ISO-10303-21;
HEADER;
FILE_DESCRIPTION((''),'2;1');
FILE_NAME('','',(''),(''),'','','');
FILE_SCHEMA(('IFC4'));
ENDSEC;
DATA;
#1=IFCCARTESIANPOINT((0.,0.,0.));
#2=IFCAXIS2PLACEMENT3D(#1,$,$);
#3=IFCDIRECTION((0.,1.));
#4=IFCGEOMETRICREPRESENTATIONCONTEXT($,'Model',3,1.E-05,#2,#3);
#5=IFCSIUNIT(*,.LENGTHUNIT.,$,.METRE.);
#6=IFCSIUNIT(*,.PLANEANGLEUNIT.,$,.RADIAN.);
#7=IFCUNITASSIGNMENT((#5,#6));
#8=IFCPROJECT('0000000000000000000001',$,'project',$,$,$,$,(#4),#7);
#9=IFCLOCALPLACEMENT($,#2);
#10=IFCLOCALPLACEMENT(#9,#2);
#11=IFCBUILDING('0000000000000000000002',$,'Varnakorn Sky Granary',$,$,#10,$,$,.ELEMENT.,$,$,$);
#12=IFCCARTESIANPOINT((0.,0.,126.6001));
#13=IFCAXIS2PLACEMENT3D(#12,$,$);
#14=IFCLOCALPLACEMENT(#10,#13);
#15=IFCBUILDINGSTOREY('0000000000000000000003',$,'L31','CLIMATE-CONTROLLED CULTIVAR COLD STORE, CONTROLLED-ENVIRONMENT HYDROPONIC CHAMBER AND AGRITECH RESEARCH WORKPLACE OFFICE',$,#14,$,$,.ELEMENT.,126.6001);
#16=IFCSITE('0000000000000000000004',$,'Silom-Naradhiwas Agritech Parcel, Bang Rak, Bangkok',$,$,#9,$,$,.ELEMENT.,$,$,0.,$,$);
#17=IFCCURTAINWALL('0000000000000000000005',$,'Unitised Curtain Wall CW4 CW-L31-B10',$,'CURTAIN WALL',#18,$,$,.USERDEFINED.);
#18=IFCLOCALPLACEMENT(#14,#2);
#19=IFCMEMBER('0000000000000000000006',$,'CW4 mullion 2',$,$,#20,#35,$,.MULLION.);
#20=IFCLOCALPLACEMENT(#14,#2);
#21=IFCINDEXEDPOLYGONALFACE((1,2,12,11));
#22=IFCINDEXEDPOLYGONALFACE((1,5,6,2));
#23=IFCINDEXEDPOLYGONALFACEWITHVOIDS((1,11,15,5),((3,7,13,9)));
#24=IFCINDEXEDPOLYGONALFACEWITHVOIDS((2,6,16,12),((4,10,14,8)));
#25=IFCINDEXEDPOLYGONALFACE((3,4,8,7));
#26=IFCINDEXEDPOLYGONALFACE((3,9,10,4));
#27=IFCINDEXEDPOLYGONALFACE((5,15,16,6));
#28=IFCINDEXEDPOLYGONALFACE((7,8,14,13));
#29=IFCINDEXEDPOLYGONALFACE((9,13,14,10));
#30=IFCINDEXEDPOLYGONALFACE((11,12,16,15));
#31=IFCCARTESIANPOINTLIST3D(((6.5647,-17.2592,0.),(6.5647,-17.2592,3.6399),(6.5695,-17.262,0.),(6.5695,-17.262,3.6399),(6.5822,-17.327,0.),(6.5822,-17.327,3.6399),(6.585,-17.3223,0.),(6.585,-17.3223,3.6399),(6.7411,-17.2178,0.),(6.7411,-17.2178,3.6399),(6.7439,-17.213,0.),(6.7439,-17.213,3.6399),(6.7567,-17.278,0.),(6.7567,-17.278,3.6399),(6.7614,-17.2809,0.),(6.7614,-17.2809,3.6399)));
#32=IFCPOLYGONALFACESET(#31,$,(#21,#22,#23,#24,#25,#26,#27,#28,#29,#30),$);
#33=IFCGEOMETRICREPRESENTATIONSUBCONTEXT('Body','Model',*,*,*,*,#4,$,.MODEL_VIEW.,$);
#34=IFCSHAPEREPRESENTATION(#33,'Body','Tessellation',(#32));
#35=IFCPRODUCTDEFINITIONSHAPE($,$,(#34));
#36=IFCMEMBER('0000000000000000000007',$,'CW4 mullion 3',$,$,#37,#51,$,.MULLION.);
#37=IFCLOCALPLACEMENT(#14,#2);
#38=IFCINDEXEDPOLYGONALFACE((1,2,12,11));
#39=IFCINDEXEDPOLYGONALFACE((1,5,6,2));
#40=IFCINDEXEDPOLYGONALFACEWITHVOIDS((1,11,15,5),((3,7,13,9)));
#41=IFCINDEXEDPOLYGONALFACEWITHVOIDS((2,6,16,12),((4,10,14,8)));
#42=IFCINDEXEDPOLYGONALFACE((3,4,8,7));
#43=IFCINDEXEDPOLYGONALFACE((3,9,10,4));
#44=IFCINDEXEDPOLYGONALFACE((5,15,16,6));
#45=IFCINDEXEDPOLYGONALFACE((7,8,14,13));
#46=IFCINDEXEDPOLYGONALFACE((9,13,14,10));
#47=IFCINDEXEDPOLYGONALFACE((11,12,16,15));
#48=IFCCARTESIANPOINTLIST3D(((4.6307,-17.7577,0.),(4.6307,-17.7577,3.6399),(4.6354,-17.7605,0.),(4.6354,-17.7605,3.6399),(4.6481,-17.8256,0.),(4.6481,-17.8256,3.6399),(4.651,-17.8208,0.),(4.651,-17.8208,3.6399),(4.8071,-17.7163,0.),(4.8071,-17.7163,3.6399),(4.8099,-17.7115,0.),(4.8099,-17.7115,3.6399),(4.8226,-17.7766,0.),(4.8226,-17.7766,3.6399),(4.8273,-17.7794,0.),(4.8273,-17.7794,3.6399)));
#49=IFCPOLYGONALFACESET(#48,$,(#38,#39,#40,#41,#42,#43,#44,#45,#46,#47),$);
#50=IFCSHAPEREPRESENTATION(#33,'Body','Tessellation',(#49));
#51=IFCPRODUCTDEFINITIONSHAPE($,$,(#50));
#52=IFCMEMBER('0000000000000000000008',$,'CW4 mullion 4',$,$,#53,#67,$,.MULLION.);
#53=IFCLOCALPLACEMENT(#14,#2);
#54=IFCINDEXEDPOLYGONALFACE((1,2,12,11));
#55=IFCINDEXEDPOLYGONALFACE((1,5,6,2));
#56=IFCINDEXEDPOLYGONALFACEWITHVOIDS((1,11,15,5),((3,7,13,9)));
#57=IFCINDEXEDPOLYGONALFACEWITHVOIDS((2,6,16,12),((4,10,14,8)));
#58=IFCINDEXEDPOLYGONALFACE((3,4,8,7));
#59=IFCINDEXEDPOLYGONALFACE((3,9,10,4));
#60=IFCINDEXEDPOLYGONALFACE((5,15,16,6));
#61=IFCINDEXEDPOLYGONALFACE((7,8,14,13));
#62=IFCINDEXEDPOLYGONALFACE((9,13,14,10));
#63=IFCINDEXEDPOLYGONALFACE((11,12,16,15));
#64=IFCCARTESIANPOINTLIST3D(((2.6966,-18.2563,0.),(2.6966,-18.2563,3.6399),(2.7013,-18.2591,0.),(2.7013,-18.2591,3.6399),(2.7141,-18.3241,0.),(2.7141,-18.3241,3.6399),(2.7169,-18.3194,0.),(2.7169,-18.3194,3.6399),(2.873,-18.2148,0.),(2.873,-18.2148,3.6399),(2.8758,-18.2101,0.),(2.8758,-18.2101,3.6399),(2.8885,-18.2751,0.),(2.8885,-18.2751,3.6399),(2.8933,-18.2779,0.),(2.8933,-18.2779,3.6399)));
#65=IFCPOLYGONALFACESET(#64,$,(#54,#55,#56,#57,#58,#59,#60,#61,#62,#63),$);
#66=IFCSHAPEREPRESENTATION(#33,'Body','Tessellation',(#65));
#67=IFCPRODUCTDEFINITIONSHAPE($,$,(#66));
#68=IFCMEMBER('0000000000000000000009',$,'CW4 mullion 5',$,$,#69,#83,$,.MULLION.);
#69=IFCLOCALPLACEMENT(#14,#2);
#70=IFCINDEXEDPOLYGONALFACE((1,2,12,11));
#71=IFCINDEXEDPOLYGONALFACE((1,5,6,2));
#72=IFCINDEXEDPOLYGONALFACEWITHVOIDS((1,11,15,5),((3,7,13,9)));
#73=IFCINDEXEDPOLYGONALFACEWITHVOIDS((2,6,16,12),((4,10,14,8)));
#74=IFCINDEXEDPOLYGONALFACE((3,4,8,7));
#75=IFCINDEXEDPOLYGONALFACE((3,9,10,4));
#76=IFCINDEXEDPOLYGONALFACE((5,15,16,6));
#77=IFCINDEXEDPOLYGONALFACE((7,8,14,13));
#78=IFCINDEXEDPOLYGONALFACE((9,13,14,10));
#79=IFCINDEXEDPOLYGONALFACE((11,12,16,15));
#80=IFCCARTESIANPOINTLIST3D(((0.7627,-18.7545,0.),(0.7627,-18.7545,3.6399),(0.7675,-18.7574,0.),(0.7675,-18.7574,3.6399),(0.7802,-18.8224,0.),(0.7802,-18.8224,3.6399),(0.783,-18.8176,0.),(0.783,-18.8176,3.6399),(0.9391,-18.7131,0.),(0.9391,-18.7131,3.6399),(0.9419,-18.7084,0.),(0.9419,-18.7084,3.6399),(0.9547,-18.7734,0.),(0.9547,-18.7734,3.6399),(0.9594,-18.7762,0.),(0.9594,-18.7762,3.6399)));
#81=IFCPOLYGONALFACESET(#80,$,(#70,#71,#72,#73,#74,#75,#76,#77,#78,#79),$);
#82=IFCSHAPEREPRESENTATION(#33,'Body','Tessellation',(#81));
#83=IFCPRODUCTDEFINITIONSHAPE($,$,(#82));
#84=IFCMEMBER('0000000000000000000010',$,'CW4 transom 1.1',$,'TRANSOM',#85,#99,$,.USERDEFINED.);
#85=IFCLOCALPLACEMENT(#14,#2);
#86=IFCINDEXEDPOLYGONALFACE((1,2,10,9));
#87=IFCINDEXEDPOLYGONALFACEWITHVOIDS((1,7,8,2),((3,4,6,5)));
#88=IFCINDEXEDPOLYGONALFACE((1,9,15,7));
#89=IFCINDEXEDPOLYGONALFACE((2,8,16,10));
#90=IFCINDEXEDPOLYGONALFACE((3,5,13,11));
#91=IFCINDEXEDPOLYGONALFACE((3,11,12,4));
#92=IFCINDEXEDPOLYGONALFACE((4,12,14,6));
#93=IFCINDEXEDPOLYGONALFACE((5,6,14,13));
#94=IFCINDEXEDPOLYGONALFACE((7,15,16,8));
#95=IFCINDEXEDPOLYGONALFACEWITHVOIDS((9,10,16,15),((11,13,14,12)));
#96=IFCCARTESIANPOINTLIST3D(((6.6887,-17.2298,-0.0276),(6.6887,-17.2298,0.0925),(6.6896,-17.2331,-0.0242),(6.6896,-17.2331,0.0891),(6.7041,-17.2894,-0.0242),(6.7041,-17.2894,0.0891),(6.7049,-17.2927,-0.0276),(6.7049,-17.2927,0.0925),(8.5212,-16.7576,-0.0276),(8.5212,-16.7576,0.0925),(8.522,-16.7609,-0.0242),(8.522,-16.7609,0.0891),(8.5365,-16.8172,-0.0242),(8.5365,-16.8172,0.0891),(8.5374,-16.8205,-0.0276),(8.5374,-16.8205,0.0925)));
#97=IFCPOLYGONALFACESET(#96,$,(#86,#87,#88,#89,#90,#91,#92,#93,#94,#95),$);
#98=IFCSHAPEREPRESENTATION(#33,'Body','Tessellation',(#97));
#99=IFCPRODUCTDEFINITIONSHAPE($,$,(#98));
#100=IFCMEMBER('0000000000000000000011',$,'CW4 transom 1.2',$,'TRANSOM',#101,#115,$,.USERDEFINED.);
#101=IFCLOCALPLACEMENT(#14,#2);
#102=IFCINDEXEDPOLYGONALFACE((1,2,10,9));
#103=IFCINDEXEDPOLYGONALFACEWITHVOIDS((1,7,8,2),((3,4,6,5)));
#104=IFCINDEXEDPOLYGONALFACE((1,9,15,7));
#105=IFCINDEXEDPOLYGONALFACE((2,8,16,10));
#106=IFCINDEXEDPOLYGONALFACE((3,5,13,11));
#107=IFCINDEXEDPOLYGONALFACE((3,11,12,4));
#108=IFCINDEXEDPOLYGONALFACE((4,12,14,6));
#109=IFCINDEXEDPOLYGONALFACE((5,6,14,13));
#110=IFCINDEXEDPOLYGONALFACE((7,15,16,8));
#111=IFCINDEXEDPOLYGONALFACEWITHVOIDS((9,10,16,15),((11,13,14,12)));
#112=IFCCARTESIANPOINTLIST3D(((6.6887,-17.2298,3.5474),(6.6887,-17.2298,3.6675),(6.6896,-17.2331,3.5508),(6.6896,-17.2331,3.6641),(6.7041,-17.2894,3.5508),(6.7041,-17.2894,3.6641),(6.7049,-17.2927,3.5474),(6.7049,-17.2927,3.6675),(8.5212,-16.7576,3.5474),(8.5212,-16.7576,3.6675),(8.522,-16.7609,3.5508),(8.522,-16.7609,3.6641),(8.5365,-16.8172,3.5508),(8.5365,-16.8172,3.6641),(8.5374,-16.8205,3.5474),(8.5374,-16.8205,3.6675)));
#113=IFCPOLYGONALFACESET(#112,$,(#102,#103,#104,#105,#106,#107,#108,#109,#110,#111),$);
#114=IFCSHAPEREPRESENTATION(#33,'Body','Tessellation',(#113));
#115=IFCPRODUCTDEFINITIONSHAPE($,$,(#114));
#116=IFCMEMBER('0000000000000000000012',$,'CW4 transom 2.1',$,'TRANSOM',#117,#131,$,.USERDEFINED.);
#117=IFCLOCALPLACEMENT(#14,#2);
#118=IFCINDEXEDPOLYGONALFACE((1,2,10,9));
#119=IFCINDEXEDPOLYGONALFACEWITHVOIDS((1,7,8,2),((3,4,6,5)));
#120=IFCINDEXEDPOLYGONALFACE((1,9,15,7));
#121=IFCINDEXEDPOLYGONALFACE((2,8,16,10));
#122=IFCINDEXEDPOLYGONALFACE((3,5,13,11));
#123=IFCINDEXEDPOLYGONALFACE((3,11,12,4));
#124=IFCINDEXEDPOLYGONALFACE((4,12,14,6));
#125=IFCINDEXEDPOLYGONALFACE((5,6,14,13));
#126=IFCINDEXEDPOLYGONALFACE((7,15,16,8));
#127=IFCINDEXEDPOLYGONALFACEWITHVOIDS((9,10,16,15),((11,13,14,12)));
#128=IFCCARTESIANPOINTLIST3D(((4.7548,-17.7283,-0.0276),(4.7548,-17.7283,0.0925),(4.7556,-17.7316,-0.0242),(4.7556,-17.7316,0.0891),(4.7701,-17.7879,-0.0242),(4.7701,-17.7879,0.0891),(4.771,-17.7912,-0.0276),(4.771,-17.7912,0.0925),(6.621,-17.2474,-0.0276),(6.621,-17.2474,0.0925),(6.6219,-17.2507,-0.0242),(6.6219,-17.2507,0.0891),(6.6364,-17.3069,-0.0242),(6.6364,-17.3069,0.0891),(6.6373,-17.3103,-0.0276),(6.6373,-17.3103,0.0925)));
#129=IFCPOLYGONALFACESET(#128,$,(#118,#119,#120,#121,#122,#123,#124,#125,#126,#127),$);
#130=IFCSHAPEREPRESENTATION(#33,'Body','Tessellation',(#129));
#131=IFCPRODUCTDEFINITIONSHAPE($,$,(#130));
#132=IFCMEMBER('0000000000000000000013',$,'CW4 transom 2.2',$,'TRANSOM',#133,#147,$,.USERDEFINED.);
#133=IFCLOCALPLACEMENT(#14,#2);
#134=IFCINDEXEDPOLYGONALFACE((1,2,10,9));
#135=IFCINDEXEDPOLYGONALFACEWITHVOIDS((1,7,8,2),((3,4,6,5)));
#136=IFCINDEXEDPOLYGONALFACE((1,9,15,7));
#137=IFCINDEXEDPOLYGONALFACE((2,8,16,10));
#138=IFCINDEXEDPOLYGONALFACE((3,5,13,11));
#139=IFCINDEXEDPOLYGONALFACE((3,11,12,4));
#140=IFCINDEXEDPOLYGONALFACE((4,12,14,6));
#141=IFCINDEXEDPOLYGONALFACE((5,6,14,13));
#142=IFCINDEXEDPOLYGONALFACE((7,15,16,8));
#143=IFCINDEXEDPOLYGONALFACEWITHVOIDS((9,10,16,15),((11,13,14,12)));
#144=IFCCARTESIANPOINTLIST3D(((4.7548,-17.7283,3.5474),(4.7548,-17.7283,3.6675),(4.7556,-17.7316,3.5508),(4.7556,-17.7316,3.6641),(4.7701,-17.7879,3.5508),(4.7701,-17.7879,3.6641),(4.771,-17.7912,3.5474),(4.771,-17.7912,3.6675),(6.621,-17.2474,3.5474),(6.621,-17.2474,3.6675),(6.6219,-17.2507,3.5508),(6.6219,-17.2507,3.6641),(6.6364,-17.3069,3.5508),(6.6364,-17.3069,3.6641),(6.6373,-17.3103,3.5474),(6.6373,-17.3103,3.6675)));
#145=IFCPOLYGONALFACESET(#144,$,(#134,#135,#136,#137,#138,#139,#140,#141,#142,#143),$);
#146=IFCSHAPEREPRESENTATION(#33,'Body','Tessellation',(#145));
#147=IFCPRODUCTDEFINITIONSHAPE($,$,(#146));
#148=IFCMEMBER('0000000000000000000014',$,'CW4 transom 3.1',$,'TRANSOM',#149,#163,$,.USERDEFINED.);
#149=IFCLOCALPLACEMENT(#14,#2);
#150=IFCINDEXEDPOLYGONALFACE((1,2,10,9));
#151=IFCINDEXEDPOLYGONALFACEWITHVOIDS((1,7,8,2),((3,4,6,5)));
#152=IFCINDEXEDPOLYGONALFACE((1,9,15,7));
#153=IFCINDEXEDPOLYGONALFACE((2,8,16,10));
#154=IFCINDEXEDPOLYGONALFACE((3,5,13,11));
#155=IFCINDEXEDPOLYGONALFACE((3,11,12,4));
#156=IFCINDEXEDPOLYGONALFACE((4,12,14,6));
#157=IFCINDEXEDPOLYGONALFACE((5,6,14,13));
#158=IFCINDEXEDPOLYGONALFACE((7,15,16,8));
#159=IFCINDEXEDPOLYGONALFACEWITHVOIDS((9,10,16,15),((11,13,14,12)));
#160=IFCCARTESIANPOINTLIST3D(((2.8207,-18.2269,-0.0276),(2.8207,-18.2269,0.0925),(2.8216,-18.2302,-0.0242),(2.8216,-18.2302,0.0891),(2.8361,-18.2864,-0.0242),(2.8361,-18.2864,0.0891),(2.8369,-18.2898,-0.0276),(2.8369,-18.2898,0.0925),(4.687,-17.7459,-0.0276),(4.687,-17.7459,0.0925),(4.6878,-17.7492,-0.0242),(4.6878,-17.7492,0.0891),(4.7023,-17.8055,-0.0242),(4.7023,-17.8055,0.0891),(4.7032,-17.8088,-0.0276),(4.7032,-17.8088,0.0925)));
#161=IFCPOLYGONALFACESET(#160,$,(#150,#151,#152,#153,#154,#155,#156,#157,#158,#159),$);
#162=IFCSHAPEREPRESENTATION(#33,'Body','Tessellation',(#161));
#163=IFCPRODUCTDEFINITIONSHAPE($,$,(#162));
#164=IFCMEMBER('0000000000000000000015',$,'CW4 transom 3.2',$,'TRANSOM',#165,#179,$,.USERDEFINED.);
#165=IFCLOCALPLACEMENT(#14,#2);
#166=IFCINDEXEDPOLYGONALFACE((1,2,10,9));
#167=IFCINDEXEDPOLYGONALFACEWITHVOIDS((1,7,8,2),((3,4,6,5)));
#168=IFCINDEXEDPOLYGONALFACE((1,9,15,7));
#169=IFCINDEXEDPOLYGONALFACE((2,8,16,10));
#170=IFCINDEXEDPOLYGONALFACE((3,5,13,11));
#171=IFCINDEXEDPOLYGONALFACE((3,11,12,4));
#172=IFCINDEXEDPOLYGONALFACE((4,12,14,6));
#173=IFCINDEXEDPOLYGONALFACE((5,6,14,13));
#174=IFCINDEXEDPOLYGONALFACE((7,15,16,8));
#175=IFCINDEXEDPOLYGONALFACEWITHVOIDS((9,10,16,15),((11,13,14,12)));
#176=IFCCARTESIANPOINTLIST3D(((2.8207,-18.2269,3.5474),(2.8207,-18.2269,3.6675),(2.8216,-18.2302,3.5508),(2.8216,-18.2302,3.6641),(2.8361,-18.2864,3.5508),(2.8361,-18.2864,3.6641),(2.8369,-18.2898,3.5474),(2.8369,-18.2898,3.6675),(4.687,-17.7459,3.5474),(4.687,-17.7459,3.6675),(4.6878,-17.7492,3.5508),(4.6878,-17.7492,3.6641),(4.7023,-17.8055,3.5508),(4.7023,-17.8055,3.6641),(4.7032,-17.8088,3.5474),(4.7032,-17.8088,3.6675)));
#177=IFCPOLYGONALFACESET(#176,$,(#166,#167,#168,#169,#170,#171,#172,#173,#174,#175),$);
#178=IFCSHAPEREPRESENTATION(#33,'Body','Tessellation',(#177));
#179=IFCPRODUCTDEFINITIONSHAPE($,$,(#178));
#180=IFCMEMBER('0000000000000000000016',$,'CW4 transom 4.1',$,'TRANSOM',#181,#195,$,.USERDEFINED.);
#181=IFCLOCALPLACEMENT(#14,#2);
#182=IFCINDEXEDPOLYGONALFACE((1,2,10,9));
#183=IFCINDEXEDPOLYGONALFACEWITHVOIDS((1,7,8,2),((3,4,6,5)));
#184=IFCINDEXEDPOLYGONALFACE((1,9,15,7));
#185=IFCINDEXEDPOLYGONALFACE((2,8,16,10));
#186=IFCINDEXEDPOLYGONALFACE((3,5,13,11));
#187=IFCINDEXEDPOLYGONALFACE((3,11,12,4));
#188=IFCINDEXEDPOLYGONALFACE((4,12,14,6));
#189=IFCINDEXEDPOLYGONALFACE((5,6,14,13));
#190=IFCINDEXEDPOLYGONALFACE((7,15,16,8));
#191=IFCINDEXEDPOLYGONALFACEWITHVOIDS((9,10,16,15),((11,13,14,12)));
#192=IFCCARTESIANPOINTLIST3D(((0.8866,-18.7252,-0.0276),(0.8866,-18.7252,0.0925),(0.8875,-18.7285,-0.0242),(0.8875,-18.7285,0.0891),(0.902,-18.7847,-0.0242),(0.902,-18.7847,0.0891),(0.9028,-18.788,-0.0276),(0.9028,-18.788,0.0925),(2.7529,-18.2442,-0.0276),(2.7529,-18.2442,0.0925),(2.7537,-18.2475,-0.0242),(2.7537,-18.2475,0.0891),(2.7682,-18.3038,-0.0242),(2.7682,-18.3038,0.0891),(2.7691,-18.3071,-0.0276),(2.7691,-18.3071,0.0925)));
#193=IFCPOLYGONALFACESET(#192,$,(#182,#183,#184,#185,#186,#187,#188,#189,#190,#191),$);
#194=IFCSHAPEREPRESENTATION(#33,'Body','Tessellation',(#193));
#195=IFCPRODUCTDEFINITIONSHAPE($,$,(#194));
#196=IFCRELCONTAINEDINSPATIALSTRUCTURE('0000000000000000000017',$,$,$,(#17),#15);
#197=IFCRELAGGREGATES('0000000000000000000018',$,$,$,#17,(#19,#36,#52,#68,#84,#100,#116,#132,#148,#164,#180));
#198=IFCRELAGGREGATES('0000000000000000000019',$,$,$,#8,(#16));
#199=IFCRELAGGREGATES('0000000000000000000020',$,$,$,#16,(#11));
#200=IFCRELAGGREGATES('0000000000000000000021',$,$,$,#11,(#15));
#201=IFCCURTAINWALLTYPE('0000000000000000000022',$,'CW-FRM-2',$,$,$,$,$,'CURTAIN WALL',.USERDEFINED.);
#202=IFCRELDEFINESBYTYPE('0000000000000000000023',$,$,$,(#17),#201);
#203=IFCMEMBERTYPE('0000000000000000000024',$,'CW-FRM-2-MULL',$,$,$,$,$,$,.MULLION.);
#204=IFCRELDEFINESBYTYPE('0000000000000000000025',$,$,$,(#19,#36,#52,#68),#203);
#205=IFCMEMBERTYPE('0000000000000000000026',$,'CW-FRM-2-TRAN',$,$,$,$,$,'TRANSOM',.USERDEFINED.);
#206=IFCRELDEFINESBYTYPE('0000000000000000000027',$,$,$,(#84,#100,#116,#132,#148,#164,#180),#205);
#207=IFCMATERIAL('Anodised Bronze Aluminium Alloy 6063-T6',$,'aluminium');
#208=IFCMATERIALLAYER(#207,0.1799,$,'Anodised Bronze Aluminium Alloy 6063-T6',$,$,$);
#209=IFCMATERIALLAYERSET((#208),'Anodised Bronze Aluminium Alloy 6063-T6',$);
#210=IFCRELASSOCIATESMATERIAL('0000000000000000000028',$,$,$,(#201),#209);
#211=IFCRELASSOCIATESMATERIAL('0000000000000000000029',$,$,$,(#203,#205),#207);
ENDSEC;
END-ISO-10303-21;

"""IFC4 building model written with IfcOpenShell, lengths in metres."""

from ifc_helpers import new_model, si_unit, direction, frame, origin, origin_2d, place, context, subcontext, project, spatial, hollow_rectangle, extrude, material, layer, layer_set, material_profile, profile_set, type_object, element, aggregate, save


model = new_model("IFC4")

# Units and contexts
model_context = context("Model", 3, precision=1e-05, world=origin(), true_north=direction((0.0, 1.0)))
body_context = subcontext(model_context, "Body", "Model", "MODEL_VIEW")
ifc_project = project(units=[si_unit("LENGTHUNIT", "METRE"), si_unit("PLANEANGLEUNIT", "RADIAN")], contexts=[model_context])

# Site, building, storey
site_placement = place(None, origin())
site = spatial("IfcSite", under=ifc_project, at=site_placement, Name="Silom-Naradhiwas Agritech Parcel, Bang Rak, Bangkok", CompositionType="ELEMENT", RefElevation=0.0)
building_placement = place(site_placement, origin())
building = spatial("IfcBuilding", under=site, at=building_placement, Name="Varnakorn Sky Granary", CompositionType="ELEMENT")
storey_placement = place(building_placement, frame((0.0, 0.0, 126.6001)))
storey = spatial("IfcBuildingStorey", under=building, at=storey_placement, Name="L31", Description="CLIMATE-CONTROLLED CULTIVAR COLD STORE, CONTROLLED-ENVIRONMENT HYDROPONIC CHAMBER AND AGRITECH RESEARCH WORKPLACE OFFICE", CompositionType="ELEMENT", Elevation=126.6001)

# Curtain wall, members
ifc_material_1 = material(Name="Anodised Bronze Aluminium Alloy 6063-T6", Category="aluminium")
ifc_layer_1 = layer(ifc_material_1, 0.1799, Name="Anodised Bronze Aluminium Alloy 6063-T6")
ifc_layer_set_1 = layer_set([ifc_layer_1], Name="Anodised Bronze Aluminium Alloy 6063-T6")
curtain_wall_type = type_object("IfcCurtainWallType", Name="CW-FRM-2", ElementType="CURTAIN WALL", PredefinedType="USERDEFINED", material=ifc_layer_set_1)
curtain_wall_placement = place(storey_placement, origin())
curtain_wall = element("IfcCurtainWall", 1, at=curtain_wall_placement, inside=storey, type_object=curtain_wall_type, Name="Unitised Curtain Wall CW4 CW-L31-B10", ObjectType="CURTAIN WALL", PredefinedType="USERDEFINED")
ifc_material_profile_1 = material_profile(ifc_material_1, hollow_rectangle(XDim=0.0701, YDim=0.1851, WallThickness=0.0039, at=origin_2d()), Name="ALU MULL 70x185")
ifc_profile_set_1 = profile_set([ifc_material_profile_1], Name="Anodised Bronze Aluminium Alloy 6063-T6")
member_type_1 = type_object("IfcMemberType", Name="CW-FRM-2-MULL", PredefinedType="MULLION", material=ifc_profile_set_1)
member_1_placement = place(storey_placement, frame((6.6631, -17.27, 0.0), z_axis=(0.0, 0.0, 1.0), x_axis=(0.249579, -0.968354, 0.0)))
member_1 = element("IfcMember", 2, at=member_1_placement, type_object=member_type_1, Name="CW4 mullion 2", PredefinedType="MULLION", context=body_context, shape_type="SweptSolid", body=[
    extrude(hollow_rectangle(XDim=0.0701, YDim=0.1851, WallThickness=0.0039, at=origin_2d()), origin(), (0.0, 0.0, 1.0), 3.6399),
])
member_2_placement = place(storey_placement, frame((4.729, -17.7686, 0.0), z_axis=(0.0, 0.0, 1.0), x_axis=(0.249579, -0.968354, 0.0)))
member_2 = element("IfcMember", 3, at=member_2_placement, type_object=member_type_1, Name="CW4 mullion 3", PredefinedType="MULLION", context=body_context, shape_type="SweptSolid", body=[
    extrude(hollow_rectangle(XDim=0.0701, YDim=0.1851, WallThickness=0.0039, at=origin_2d()), origin(), (0.0, 0.0, 1.0), 3.6399),
])
member_3_placement = place(storey_placement, frame((2.7949, -18.2671, 0.0), z_axis=(0.0, 0.0, 1.0), x_axis=(0.249579, -0.968354, 0.0)))
member_3 = element("IfcMember", 4, at=member_3_placement, type_object=member_type_1, Name="CW4 mullion 4", PredefinedType="MULLION", context=body_context, shape_type="SweptSolid", body=[
    extrude(hollow_rectangle(XDim=0.0701, YDim=0.1851, WallThickness=0.0039, at=origin_2d()), origin(), (0.0, 0.0, 1.0), 3.6399),
])
member_4_placement = place(storey_placement, frame((0.8611, -18.7654, 0.0), z_axis=(0.0, 0.0, 1.0), x_axis=(0.249579, -0.968354, 0.0)))
member_4 = element("IfcMember", 5, at=member_4_placement, type_object=member_type_1, Name="CW4 mullion 5", PredefinedType="MULLION", context=body_context, shape_type="SweptSolid", body=[
    extrude(hollow_rectangle(XDim=0.0701, YDim=0.1851, WallThickness=0.0039, at=origin_2d()), origin(), (0.0, 0.0, 1.0), 3.6399),
])
ifc_material_profile_2 = material_profile(ifc_material_1, hollow_rectangle(XDim=0.0649, YDim=0.1201, WallThickness=0.0034, at=origin_2d()), Name="ALU TRAN 65x120")
ifc_profile_set_2 = profile_set([ifc_material_profile_2], Name="Anodised Bronze Aluminium Alloy 6063-T6")
member_type_2 = type_object("IfcMemberType", Name="CW-FRM-2-TRAN", ElementType="TRANSOM", PredefinedType="USERDEFINED", material=ifc_profile_set_2)
member_5_placement = place(storey_placement, frame((8.5293, -16.7891, 0.0325), z_axis=(-0.968372, -0.249511, 0.0), x_axis=(0.249511, -0.968372, 0.0)))
member_5 = element("IfcMember", 6, at=member_5_placement, type_object=member_type_2, Name="CW4 transom 1.1", ObjectType="TRANSOM", PredefinedType="USERDEFINED", context=body_context, shape_type="SweptSolid", body=[
    extrude(hollow_rectangle(XDim=0.0649, YDim=0.1201, WallThickness=0.0034, at=origin_2d()), origin(), (0.0, 0.0, 1.0), 1.8923),
])
member_6_placement = place(storey_placement, frame((8.5293, -16.7891, 3.6074), z_axis=(-0.968372, -0.249511, 0.0), x_axis=(0.249511, -0.968372, 0.0)))
member_6 = element("IfcMember", 7, at=member_6_placement, type_object=member_type_2, Name="CW4 transom 1.2", ObjectType="TRANSOM", PredefinedType="USERDEFINED", context=body_context, shape_type="SweptSolid", body=[
    extrude(hollow_rectangle(XDim=0.0649, YDim=0.1201, WallThickness=0.0034, at=origin_2d()), origin(), (0.0, 0.0, 1.0), 1.8923),
])
member_7_placement = place(storey_placement, frame((6.6292, -17.2788, 0.0325), z_axis=(-0.968358, -0.249564, 0.0), x_axis=(0.249564, -0.968358, 0.0)))
member_7 = element("IfcMember", 8, at=member_7_placement, type_object=member_type_2, Name="CW4 transom 2.1", ObjectType="TRANSOM", PredefinedType="USERDEFINED", context=body_context, shape_type="SweptSolid", body=[
    extrude(hollow_rectangle(XDim=0.0649, YDim=0.1201, WallThickness=0.0034, at=origin_2d()), origin(), (0.0, 0.0, 1.0), 1.9272),
])
member_8_placement = place(storey_placement, frame((6.6292, -17.2788, 3.6074), z_axis=(-0.968358, -0.249564, 0.0), x_axis=(0.249564, -0.968358, 0.0)))
member_8 = element("IfcMember", 9, at=member_8_placement, type_object=member_type_2, Name="CW4 transom 2.2", ObjectType="TRANSOM", PredefinedType="USERDEFINED", context=body_context, shape_type="SweptSolid", body=[
    extrude(hollow_rectangle(XDim=0.0649, YDim=0.1201, WallThickness=0.0034, at=origin_2d()), origin(), (0.0, 0.0, 1.0), 1.9272),
])
member_9_placement = place(storey_placement, frame((4.6951, -17.7773, 0.0325), z_axis=(-0.968358, -0.249564, 0.0), x_axis=(0.249564, -0.968358, 0.0)))
member_9 = element("IfcMember", 10, at=member_9_placement, type_object=member_type_2, Name="CW4 transom 3.1", ObjectType="TRANSOM", PredefinedType="USERDEFINED", context=body_context, shape_type="SweptSolid", body=[
    extrude(hollow_rectangle(XDim=0.0649, YDim=0.1201, WallThickness=0.0034, at=origin_2d()), origin(), (0.0, 0.0, 1.0), 1.9272),
])
member_10_placement = place(storey_placement, frame((4.6951, -17.7773, 3.6074), z_axis=(-0.968358, -0.249564, 0.0), x_axis=(0.249564, -0.968358, 0.0)))
member_10 = element("IfcMember", 11, at=member_10_placement, type_object=member_type_2, Name="CW4 transom 3.2", ObjectType="TRANSOM", PredefinedType="USERDEFINED", context=body_context, shape_type="SweptSolid", body=[
    extrude(hollow_rectangle(XDim=0.0649, YDim=0.1201, WallThickness=0.0034, at=origin_2d()), origin(), (0.0, 0.0, 1.0), 1.9272),
])
member_11_placement = place(storey_placement, frame((2.761, -18.2756, 0.0325), z_axis=(-0.968358, -0.249564, 0.0), x_axis=(0.249564, -0.968358, 0.0)))
member_11 = element("IfcMember", 12, at=member_11_placement, type_object=member_type_2, Name="CW4 transom 4.1", ObjectType="TRANSOM", PredefinedType="USERDEFINED", context=body_context, shape_type="SweptSolid", body=[
    extrude(hollow_rectangle(XDim=0.0649, YDim=0.1201, WallThickness=0.0034, at=origin_2d()), origin(), (0.0, 0.0, 1.0), 1.9272),
])

aggregate(curtain_wall, [member_1, member_2, member_3, member_4, member_5, member_6, member_7, member_8, member_9, member_10, member_11])

save(model, "model.ifc")
